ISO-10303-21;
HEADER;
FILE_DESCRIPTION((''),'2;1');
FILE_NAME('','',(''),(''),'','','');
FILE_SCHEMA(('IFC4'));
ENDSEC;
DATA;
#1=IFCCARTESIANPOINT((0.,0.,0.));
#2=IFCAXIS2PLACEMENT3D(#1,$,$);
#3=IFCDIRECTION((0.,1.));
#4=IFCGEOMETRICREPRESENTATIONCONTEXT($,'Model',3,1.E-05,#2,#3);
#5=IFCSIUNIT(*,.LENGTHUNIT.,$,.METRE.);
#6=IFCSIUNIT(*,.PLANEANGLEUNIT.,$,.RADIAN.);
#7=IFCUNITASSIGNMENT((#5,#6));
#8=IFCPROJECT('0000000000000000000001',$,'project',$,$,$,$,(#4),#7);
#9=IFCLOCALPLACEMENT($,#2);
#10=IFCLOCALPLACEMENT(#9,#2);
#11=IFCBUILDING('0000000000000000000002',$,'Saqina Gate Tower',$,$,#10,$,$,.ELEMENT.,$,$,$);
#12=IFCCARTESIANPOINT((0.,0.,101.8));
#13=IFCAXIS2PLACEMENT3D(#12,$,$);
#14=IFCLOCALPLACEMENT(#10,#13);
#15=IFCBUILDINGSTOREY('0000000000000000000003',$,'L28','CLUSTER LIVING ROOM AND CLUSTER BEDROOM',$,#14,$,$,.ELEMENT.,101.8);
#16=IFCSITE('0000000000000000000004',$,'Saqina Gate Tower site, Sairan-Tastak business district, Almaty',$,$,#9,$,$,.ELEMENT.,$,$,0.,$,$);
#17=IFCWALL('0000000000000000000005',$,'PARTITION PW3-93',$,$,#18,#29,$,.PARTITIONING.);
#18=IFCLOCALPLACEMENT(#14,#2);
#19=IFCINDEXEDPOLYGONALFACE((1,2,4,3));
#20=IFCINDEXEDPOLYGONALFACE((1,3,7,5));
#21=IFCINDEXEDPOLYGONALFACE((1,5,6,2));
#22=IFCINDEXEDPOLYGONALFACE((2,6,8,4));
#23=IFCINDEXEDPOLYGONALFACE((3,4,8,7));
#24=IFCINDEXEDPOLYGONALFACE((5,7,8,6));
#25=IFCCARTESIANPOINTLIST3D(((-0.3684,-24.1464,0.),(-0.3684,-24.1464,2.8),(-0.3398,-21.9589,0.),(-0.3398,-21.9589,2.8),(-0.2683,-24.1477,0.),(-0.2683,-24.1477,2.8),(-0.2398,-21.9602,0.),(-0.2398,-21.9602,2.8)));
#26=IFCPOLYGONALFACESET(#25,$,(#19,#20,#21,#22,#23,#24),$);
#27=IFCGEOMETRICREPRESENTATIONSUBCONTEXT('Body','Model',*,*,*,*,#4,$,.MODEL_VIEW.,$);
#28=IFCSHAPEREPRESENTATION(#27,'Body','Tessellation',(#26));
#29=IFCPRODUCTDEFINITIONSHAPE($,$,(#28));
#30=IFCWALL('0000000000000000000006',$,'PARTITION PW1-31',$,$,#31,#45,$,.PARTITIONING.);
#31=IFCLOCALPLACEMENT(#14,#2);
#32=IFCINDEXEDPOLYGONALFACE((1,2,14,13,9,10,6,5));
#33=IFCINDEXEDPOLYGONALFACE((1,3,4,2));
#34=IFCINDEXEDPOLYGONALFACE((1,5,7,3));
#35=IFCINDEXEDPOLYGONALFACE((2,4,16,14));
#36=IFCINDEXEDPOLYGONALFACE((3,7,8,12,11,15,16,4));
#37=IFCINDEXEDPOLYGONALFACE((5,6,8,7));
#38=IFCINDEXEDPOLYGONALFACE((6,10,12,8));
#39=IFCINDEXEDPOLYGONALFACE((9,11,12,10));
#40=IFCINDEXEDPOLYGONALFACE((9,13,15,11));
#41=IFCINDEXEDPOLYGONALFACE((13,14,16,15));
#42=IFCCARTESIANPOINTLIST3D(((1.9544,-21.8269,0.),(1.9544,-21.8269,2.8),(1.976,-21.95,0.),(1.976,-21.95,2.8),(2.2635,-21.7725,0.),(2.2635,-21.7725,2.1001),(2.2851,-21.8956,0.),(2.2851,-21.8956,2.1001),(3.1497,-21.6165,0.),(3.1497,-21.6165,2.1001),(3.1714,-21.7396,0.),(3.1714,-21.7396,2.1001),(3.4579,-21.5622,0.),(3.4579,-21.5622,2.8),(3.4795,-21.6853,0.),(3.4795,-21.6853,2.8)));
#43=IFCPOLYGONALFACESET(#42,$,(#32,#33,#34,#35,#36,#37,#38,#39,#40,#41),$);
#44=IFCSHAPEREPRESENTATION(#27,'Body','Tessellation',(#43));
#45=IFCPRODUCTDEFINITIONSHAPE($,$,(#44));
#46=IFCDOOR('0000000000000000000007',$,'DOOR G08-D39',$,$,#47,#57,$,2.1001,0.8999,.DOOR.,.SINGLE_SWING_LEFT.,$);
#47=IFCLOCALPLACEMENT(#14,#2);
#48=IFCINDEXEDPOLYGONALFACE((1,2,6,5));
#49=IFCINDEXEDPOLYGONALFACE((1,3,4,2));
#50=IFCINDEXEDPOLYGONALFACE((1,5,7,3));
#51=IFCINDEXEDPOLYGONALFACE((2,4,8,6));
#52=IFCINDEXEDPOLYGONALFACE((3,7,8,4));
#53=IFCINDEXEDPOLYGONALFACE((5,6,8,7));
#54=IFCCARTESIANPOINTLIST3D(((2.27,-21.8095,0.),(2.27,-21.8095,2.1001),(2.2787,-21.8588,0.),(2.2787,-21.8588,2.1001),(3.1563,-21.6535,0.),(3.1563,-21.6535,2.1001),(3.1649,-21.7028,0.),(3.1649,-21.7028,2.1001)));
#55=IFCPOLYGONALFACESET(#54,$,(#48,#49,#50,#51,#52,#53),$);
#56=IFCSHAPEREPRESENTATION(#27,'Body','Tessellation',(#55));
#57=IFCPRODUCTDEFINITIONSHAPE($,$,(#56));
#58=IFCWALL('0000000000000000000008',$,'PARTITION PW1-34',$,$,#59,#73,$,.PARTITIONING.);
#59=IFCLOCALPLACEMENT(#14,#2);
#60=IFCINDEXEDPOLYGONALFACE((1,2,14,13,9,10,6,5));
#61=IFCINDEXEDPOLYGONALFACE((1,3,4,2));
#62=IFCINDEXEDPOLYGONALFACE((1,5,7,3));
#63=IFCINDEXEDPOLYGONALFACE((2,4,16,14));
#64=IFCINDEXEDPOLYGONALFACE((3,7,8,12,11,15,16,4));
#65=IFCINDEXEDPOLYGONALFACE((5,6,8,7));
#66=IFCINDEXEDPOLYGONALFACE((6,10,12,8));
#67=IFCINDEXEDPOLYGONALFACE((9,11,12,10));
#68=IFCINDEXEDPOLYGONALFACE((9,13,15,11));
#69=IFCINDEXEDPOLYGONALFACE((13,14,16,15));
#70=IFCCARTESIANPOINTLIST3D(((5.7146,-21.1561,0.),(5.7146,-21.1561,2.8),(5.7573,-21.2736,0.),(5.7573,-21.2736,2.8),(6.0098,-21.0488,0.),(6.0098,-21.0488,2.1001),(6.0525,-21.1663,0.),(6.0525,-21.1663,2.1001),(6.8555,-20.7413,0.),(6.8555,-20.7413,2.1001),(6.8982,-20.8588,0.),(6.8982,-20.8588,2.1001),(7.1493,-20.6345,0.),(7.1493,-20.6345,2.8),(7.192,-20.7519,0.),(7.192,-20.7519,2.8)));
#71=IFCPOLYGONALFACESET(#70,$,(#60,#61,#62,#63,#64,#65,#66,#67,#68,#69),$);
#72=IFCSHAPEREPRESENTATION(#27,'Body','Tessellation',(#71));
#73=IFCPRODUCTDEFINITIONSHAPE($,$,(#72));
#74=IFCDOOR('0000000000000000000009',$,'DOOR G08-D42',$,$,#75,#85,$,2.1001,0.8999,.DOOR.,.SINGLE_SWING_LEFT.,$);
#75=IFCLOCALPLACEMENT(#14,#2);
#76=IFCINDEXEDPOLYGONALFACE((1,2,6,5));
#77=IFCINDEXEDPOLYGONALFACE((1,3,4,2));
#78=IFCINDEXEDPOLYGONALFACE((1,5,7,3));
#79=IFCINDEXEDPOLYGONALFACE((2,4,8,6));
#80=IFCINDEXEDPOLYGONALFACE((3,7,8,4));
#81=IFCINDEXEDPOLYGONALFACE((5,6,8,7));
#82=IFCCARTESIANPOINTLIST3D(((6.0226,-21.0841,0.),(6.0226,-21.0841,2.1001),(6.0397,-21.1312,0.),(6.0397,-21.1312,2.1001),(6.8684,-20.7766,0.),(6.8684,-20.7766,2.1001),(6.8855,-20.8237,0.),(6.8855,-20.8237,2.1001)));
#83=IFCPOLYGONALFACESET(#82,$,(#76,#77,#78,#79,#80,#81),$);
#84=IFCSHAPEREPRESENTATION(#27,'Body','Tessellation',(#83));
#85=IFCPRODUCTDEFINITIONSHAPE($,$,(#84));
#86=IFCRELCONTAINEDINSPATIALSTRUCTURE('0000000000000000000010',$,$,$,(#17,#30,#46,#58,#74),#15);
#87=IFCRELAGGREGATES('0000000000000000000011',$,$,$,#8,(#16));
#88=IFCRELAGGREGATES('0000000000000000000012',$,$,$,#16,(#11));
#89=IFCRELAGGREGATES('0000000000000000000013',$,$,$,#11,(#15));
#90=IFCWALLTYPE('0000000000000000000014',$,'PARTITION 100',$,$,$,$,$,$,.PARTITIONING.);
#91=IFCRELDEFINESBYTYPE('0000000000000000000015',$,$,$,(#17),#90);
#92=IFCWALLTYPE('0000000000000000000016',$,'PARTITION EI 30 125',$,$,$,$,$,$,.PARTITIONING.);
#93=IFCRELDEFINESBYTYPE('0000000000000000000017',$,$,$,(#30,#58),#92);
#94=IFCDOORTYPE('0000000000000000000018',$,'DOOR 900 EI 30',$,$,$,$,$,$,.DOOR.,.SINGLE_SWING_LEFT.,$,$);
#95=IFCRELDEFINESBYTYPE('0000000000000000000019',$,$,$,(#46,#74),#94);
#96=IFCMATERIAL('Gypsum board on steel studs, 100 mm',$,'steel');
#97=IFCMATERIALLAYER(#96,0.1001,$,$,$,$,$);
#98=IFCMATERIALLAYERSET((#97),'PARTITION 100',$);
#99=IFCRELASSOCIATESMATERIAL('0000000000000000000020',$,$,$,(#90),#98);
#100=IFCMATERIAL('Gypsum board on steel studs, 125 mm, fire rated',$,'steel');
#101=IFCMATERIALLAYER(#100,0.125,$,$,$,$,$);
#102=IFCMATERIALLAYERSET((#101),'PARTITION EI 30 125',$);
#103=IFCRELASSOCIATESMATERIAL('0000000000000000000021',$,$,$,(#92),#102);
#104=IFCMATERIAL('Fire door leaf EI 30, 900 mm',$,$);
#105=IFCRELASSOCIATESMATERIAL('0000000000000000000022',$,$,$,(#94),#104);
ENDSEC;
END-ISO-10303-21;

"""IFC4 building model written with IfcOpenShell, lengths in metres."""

from ifc_helpers import new_model, si_unit, direction, frame, frame_2d, origin, place, context, subcontext, project, spatial, rectangle, extrude, material, layer, layer_set, type_object, element, fill, save


model = new_model("IFC4")

# Units and contexts
model_context = context("Model", 3, precision=1e-05, world=origin(), true_north=direction((0.0, 1.0)))
body_context = subcontext(model_context, "Body", "Model", "MODEL_VIEW")
ifc_project = project(units=[si_unit("LENGTHUNIT", "METRE"), si_unit("PLANEANGLEUNIT", "RADIAN")], contexts=[model_context])

# Site, building, storey
site_placement = place(None, origin())
site = spatial("IfcSite", under=ifc_project, at=site_placement, Name="Saqina Gate Tower site, Sairan-Tastak business district, Almaty", CompositionType="ELEMENT", RefElevation=0.0)
building_placement = place(site_placement, origin())
building = spatial("IfcBuilding", under=site, at=building_placement, Name="Saqina Gate Tower", CompositionType="ELEMENT")
storey_placement = place(building_placement, frame((0.0, 0.0, 101.8)))
storey = spatial("IfcBuildingStorey", under=building, at=storey_placement, Name="L28", Description="CLUSTER LIVING ROOM AND CLUSTER BEDROOM", CompositionType="ELEMENT", Elevation=101.8)

# Shared definitions
ifc_material_1 = material(Name="Gypsum board on steel studs, 100 mm", Category="steel")
ifc_layer_1 = layer(ifc_material_1, 0.1001)
ifc_layer_set_1 = layer_set([ifc_layer_1], Name="PARTITION 100")
wall_type_1 = type_object("IfcWallType", Name="PARTITION 100", PredefinedType="PARTITIONING", material=ifc_layer_set_1)

# Wall
wall_1_placement = place(storey_placement, frame((-0.3184, -24.147, 0.0), z_axis=(0.0, 0.0, 1.0), x_axis=(0.013057, 0.999915, 0.0)))
element("IfcWall", 1, at=wall_1_placement, inside=storey, type_object=wall_type_1, Name="PARTITION PW3-93", PredefinedType="PARTITIONING", context=body_context, shape_type="SweptSolid", body=[
    extrude(rectangle(XDim=2.1877, YDim=0.1001, at=frame_2d((1.0938, 0.0))), origin(), (0.0, 0.0, 1.0), 2.8),
])

# Walls, openings, doors
ifc_material_2 = material(Name="Gypsum board on steel studs, 125 mm, fire rated", Category="steel")
ifc_layer_2 = layer(ifc_material_2, 0.125)
ifc_layer_set_2 = layer_set([ifc_layer_2], Name="PARTITION EI 30 125")
wall_type_2 = type_object("IfcWallType", Name="PARTITION EI 30 125", PredefinedType="PARTITIONING", material=ifc_layer_set_2)
wall_2_placement = place(storey_placement, frame((1.9653, -21.8884, 0.0), z_axis=(0.0, 0.0, 1.0), x_axis=(0.984858, 0.173366, 0.0)))
wall_2 = element("IfcWall", 2, at=wall_2_placement, inside=storey, type_object=wall_type_2, Name="PARTITION PW1-31", PredefinedType="PARTITIONING", context=body_context, shape_type="SweptSolid", body=[
    extrude(rectangle(XDim=1.5266, YDim=0.125, at=frame_2d((0.7632, 0.0))), origin(), (0.0, 0.0, 1.0), 2.8),
])
opening_1_placement = place(wall_2_placement, frame((0.3137, 0.0, 0.0)))
opening_1 = element("IfcOpeningElement", 3, at=opening_1_placement, cuts=wall_2, PredefinedType="OPENING", context=body_context, shape_type="SweptSolid", body=[
    extrude(rectangle(XDim=0.8999, YDim=2.1001, at=frame_2d((0.45, 1.05))), frame((0.0, 0.0745, 0.0), z_axis=(0.0, -1.0, 0.0), x_axis=(1.0, 0.0, 0.0)), (0.0, 0.0, 1.0), 0.1489),
])
ifc_material_3 = material(Name="Fire door leaf EI 30, 900 mm")
door_type_1 = type_object("IfcDoorType", Name="DOOR 900 EI 30", OperationType="SINGLE_SWING_LEFT", PredefinedType="DOOR", material=ifc_material_3)
door_1_placement = place(opening_1_placement, origin())
door_1 = element("IfcDoor", 4, at=door_1_placement, inside=storey, type_object=door_type_1, Name="DOOR G08-D39", OperationType="SINGLE_SWING_LEFT", OverallHeight=2.1001, OverallWidth=0.8999, PredefinedType="DOOR", context=body_context, shape_type="SweptSolid", body=[
    extrude(rectangle(XDim=0.8999, YDim=2.1001, at=frame_2d((0.45, 1.05))), frame((0.0, 0.0249, 0.0), z_axis=(0.0, -1.0, 0.0), x_axis=(1.0, 0.0, 0.0)), (0.0, 0.0, 1.0), 0.05),
])
fill(opening_1, door_1)
wall_3_placement = place(storey_placement, frame((5.7361, -21.2148, 0.0), z_axis=(0.0, 0.0, 1.0), x_axis=(0.939798, 0.34173, 0.0)))
wall_3 = element("IfcWall", 5, at=wall_3_placement, inside=storey, type_object=wall_type_2, Name="PARTITION PW1-34", PredefinedType="PARTITIONING", context=body_context, shape_type="SweptSolid", body=[
    extrude(rectangle(XDim=1.5266, YDim=0.125, at=frame_2d((0.7632, 0.0))), origin(), (0.0, 0.0, 1.0), 2.8),
])
opening_2_placement = place(wall_3_placement, frame((0.314, 0.0, 0.0)))
opening_2 = element("IfcOpeningElement", 6, at=opening_2_placement, cuts=wall_3, PredefinedType="OPENING", context=body_context, shape_type="SweptSolid", body=[
    extrude(rectangle(XDim=0.8999, YDim=2.1001, at=frame_2d((0.45, 1.05))), frame((0.0, 0.0745, 0.0), z_axis=(0.0, -1.0, 0.0), x_axis=(1.0, 0.0, 0.0)), (0.0, 0.0, 1.0), 0.1489),
])
door_2_placement = place(opening_2_placement, origin())
door_2 = element("IfcDoor", 7, at=door_2_placement, inside=storey, type_object=door_type_1, Name="DOOR G08-D42", OperationType="SINGLE_SWING_LEFT", OverallHeight=2.1001, OverallWidth=0.8999, PredefinedType="DOOR", context=body_context, shape_type="SweptSolid", body=[
    extrude(rectangle(XDim=0.8999, YDim=2.1001, at=frame_2d((0.45, 1.05))), frame((0.0, 0.0249, 0.0), z_axis=(0.0, -1.0, 0.0), x_axis=(1.0, 0.0, 0.0)), (0.0, 0.0, 1.0), 0.05),
])
fill(opening_2, door_2)

save(model, "model.ifc")
